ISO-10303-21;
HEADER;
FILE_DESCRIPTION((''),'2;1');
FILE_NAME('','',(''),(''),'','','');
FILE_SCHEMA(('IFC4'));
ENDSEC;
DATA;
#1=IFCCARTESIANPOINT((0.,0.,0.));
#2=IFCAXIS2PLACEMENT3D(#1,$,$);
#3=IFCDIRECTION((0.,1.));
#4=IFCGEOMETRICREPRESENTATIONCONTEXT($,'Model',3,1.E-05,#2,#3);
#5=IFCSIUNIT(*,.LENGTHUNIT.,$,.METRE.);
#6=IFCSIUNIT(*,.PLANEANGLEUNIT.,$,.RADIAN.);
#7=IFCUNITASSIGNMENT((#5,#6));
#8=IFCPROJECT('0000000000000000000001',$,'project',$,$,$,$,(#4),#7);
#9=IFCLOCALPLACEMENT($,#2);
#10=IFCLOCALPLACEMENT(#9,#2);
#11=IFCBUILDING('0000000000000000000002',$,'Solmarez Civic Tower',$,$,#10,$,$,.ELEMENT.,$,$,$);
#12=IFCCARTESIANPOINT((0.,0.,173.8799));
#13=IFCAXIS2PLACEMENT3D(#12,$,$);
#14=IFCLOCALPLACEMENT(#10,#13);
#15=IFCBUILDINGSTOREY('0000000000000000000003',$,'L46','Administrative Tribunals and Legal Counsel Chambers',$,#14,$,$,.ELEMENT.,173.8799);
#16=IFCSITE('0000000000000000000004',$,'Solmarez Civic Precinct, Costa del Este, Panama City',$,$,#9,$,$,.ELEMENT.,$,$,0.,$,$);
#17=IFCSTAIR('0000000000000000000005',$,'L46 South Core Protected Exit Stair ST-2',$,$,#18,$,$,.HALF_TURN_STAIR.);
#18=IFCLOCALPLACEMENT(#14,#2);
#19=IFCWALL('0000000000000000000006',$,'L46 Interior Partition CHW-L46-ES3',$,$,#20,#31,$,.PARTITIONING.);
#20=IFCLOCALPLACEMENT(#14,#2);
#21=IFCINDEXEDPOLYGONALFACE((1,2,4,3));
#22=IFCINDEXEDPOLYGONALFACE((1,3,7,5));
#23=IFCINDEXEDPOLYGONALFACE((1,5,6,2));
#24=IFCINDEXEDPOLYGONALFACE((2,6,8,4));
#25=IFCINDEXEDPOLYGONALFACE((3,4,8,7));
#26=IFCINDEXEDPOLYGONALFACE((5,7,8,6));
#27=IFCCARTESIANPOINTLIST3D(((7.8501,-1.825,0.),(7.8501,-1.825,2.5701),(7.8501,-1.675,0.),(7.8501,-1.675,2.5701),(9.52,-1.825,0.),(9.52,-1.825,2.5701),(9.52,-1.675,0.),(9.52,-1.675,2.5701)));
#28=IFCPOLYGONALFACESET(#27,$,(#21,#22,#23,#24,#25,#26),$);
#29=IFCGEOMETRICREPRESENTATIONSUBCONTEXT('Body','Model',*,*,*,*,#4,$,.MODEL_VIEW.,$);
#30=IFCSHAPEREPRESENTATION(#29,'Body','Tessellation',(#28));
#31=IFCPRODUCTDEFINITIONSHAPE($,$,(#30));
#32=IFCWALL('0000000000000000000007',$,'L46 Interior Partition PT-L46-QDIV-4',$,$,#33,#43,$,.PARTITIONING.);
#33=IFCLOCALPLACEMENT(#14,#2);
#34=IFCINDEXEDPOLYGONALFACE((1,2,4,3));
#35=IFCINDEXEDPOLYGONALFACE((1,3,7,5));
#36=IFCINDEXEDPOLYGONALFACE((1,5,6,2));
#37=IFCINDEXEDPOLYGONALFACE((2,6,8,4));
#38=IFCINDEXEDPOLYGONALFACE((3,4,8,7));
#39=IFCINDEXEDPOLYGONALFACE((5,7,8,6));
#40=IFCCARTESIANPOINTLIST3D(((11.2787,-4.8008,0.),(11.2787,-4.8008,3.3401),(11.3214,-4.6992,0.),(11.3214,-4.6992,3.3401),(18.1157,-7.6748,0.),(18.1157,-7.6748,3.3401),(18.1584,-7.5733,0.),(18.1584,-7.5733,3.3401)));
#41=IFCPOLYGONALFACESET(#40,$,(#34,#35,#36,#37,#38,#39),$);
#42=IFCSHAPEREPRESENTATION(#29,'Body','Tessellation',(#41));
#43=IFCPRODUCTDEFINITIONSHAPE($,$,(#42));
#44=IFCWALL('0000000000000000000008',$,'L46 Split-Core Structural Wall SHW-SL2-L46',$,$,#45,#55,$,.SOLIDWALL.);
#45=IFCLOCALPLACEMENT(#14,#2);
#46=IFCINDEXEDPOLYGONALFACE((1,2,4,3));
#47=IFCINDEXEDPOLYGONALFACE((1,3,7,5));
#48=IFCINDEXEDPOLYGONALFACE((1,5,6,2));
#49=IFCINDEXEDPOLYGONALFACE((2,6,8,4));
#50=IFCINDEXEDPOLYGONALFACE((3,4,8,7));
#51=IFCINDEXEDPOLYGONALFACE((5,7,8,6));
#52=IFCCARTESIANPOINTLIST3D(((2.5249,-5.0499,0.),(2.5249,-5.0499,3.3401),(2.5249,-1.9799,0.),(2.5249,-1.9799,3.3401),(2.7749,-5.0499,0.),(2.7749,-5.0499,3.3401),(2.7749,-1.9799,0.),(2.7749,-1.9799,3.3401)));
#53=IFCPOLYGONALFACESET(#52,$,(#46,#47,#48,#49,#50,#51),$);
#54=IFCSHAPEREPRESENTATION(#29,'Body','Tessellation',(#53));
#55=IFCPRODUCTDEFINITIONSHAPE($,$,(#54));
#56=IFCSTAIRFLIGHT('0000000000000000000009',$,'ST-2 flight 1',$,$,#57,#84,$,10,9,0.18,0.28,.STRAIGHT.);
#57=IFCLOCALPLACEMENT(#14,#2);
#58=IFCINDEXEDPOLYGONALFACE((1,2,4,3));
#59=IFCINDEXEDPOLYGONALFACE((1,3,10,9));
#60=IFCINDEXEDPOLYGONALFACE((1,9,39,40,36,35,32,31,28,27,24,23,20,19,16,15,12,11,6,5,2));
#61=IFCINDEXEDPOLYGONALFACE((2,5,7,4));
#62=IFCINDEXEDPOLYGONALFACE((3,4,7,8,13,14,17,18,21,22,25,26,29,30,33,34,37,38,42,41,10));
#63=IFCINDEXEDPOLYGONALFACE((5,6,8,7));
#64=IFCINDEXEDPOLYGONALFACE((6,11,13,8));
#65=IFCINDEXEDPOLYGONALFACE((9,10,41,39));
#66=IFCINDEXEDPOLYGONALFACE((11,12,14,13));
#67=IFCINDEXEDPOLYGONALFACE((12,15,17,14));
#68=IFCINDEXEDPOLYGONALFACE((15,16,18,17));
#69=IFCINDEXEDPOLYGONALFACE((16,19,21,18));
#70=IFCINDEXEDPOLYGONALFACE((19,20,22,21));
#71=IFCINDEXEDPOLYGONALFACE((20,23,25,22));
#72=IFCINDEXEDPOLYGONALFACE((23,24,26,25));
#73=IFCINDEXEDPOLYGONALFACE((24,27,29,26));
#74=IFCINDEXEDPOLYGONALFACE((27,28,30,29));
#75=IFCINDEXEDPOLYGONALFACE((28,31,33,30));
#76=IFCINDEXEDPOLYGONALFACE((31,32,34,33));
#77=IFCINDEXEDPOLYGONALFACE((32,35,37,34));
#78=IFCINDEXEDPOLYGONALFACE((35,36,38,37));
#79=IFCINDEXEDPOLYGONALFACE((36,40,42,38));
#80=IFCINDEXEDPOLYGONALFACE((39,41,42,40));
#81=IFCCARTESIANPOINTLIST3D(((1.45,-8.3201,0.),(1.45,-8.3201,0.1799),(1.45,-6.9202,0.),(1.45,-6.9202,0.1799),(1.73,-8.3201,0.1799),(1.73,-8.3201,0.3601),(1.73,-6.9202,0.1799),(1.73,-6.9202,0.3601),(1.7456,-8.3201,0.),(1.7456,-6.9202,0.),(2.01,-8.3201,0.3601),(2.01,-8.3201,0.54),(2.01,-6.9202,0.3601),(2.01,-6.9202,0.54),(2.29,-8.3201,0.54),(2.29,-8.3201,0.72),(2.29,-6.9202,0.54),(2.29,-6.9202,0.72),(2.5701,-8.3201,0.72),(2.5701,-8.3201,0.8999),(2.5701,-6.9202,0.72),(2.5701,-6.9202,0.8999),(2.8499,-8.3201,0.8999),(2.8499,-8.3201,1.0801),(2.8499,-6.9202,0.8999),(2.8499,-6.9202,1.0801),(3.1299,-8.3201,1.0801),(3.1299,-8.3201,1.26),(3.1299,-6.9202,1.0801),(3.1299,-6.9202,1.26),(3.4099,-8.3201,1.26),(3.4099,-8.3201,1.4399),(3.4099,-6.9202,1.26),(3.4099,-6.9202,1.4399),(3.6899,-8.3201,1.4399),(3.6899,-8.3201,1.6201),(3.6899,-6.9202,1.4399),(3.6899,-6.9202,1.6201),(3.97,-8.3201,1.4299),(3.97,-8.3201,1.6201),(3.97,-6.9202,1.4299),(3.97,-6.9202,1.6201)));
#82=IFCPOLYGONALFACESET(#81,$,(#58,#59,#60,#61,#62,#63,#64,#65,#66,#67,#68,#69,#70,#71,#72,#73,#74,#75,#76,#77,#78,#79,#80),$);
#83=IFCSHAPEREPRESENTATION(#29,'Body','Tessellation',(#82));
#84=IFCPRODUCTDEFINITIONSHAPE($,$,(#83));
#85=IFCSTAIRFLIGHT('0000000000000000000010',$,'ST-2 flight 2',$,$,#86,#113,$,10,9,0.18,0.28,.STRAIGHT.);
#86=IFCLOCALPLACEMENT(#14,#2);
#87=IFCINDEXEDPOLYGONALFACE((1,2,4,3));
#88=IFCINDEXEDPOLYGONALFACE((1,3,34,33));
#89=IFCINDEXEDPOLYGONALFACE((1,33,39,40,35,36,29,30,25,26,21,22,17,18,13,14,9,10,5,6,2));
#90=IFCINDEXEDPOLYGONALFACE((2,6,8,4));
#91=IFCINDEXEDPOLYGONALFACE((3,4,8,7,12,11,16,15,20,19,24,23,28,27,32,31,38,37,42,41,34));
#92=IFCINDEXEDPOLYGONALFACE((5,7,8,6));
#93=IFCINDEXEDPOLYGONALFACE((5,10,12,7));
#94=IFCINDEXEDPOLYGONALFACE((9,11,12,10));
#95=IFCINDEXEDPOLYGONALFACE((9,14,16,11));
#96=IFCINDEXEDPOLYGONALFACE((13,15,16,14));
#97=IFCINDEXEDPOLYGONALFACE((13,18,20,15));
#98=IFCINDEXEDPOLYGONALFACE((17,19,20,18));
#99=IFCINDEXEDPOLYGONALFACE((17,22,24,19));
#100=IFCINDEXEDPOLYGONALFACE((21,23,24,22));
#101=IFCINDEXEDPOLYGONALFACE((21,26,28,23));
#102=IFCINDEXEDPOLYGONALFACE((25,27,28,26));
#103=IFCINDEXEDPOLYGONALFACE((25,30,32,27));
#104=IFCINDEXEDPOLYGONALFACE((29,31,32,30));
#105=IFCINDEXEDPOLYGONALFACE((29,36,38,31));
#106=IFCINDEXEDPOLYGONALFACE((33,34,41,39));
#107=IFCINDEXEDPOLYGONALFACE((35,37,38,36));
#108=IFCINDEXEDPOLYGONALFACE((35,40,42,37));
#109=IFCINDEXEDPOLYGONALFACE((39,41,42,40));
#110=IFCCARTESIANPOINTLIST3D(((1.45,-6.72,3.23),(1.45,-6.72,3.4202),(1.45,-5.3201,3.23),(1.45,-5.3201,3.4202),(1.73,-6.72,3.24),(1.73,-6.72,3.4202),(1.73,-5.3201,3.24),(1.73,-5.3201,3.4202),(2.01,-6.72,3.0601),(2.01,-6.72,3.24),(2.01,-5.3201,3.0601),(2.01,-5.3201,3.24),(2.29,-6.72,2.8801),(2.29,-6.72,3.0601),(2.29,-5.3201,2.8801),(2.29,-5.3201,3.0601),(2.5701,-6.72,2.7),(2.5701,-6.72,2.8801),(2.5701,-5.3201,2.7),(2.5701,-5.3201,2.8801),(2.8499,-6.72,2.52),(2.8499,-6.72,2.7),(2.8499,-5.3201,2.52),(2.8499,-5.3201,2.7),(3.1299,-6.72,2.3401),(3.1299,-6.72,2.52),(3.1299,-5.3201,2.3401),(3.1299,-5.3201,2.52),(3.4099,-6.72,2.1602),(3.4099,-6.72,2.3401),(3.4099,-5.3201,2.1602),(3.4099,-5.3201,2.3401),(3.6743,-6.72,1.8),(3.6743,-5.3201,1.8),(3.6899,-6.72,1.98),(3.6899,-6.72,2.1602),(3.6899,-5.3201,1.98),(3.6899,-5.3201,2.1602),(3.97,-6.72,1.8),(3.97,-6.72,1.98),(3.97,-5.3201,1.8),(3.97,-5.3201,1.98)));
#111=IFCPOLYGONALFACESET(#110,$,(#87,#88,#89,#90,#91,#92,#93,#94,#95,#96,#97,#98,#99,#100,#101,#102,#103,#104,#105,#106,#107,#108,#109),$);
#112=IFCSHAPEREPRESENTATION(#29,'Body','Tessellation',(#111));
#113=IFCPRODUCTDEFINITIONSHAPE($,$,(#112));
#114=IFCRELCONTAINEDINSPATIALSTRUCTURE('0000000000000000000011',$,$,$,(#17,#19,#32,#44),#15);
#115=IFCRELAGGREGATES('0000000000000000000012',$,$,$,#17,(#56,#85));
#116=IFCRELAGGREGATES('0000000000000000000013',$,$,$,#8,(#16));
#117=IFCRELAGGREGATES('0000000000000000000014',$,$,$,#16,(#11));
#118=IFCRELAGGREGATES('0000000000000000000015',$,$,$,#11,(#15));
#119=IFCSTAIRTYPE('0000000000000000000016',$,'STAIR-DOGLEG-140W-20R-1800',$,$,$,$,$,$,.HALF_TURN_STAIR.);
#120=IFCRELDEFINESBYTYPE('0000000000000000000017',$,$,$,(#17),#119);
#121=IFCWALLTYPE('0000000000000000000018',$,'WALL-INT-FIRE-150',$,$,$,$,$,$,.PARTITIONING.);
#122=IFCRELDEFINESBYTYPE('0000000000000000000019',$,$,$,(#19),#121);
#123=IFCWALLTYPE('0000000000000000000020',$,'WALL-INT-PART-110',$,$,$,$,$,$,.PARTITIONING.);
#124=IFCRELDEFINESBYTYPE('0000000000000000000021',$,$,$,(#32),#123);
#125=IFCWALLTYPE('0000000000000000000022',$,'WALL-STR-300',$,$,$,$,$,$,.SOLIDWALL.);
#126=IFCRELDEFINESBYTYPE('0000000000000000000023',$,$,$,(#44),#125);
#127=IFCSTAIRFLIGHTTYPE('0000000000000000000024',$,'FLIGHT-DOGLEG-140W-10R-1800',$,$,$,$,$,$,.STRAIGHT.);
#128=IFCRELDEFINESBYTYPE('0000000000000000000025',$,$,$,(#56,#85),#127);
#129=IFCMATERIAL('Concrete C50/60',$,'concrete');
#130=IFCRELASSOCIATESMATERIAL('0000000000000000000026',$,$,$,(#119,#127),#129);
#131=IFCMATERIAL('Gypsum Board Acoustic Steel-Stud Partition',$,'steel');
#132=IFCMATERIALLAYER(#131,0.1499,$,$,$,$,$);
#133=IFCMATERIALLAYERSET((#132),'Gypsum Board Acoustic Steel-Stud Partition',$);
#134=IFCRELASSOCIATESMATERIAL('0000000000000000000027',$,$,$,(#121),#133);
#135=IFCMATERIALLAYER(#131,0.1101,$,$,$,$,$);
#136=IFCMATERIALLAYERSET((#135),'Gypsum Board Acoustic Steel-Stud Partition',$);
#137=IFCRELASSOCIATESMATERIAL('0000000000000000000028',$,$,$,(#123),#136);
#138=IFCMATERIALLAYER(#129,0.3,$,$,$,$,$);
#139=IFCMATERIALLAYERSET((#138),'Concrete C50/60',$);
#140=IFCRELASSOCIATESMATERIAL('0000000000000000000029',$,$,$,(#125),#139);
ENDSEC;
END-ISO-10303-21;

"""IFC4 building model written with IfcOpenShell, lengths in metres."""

from ifc_helpers import new_model, si_unit, direction, frame, frame_2d, origin, place, context, subcontext, project, spatial, polyline, rectangle, outline, extrude, material, layer, layer_set, type_object, element, aggregate, save


model = new_model("IFC4")

# Units and contexts
model_context = context("Model", 3, precision=1e-05, world=origin(), true_north=direction((0.0, 1.0)))
body_context = subcontext(model_context, "Body", "Model", "MODEL_VIEW")
ifc_project = project(units=[si_unit("LENGTHUNIT", "METRE"), si_unit("PLANEANGLEUNIT", "RADIAN")], contexts=[model_context])

# Site, building, storey
site_placement = place(None, origin())
site = spatial("IfcSite", under=ifc_project, at=site_placement, Name="Solmarez Civic Precinct, Costa del Este, Panama City", CompositionType="ELEMENT", RefElevation=0.0)
building_placement = place(site_placement, origin())
building = spatial("IfcBuilding", under=site, at=building_placement, Name="Solmarez Civic Tower", CompositionType="ELEMENT")
storey_placement = place(building_placement, frame((0.0, 0.0, 173.8799)))
storey = spatial("IfcBuildingStorey", under=building, at=storey_placement, Name="L46", Description="Administrative Tribunals and Legal Counsel Chambers", CompositionType="ELEMENT", Elevation=173.8799)

# Shared definitions
ifc_material_1 = material(Name="Concrete C50/60", Category="concrete")

# Stair
stair_type = type_object("IfcStairType", Name="STAIR-DOGLEG-140W-20R-1800", PredefinedType="HALF_TURN_STAIR", material=ifc_material_1)
stair_1_placement = place(storey_placement, origin())
stair_1 = element("IfcStair", 1, at=stair_1_placement, inside=storey, type_object=stair_type, Name="L46 South Core Protected Exit Stair ST-2", PredefinedType="HALF_TURN_STAIR")

# Walls
ifc_material_2 = material(Name="Gypsum Board Acoustic Steel-Stud Partition", Category="steel")
ifc_layer_1 = layer(ifc_material_2, 0.1499)
ifc_layer_set_1 = layer_set([ifc_layer_1], Name="Gypsum Board Acoustic Steel-Stud Partition")
wall_type_1 = type_object("IfcWallType", Name="WALL-INT-FIRE-150", PredefinedType="PARTITIONING", material=ifc_layer_set_1)
wall_1_placement = place(storey_placement, frame((7.8501, -1.75, 0.0), z_axis=(0.0, 0.0, 1.0), x_axis=(1.0, 0.0, 0.0)))
element("IfcWall", 2, at=wall_1_placement, inside=storey, type_object=wall_type_1, Name="L46 Interior Partition CHW-L46-ES3", PredefinedType="PARTITIONING", context=body_context, shape_type="SweptSolid", body=[
    extrude(rectangle(XDim=1.6699, YDim=0.1499, at=frame_2d((0.835, 0.0))), origin(), (0.0, 0.0, 1.0), 2.5701),
])
ifc_layer_2 = layer(ifc_material_2, 0.1101)
ifc_layer_set_2 = layer_set([ifc_layer_2], Name="Gypsum Board Acoustic Steel-Stud Partition")
wall_type_2 = type_object("IfcWallType", Name="WALL-INT-PART-110", PredefinedType="PARTITIONING", material=ifc_layer_set_2)
wall_2_placement = place(storey_placement, frame((11.3, -4.75, 0.0), z_axis=(0.0, 0.0, 1.0), x_axis=(0.921861, -0.387521, 0.0)))
element("IfcWall", 3, at=wall_2_placement, inside=storey, type_object=wall_type_2, Name="L46 Interior Partition PT-L46-QDIV-4", PredefinedType="PARTITIONING", context=body_context, shape_type="SweptSolid", body=[
    extrude(rectangle(XDim=7.4165, YDim=0.1101, at=frame_2d((3.7083, 0.0))), origin(), (0.0, 0.0, 1.0), 3.3401),
])
ifc_layer_3 = layer(ifc_material_1, 0.3)
ifc_layer_set_3 = layer_set([ifc_layer_3], Name="Concrete C50/60")
wall_type_3 = type_object("IfcWallType", Name="WALL-STR-300", PredefinedType="SOLIDWALL", material=ifc_layer_set_3)
wall_3_placement = place(storey_placement, frame((2.6499, -5.05, 0.0), z_axis=(0.0, 0.0, 1.0), x_axis=(0.0, 1.0, 0.0)))
element("IfcWall", 4, at=wall_3_placement, inside=storey, type_object=wall_type_3, Name="L46 Split-Core Structural Wall SHW-SL2-L46", PredefinedType="SOLIDWALL", context=body_context, shape_type="SweptSolid", body=[
    extrude(rectangle(XDim=3.0701, YDim=0.25, at=frame_2d((1.5352, 0.0))), origin(), (0.0, 0.0, 1.0), 3.3401),
])

# Stair flights
stair_flight_type = type_object("IfcStairFlightType", Name="FLIGHT-DOGLEG-140W-10R-1800", PredefinedType="STRAIGHT", material=ifc_material_1)
stair_flight_1_placement = place(storey_placement, frame((1.45, -7.6201, 0.0), z_axis=(0.0, 0.0, 1.0), x_axis=(1.0, 0.0, 0.0)))
stair_flight_1 = element("IfcStairFlight", 5, at=stair_flight_1_placement, type_object=stair_flight_type, Name="ST-2 flight 1", NumberOfRisers=10, NumberOfTreads=9, PredefinedType="STRAIGHT", RiserHeight=0.18, TreadLength=0.28, context=body_context, shape_type="SweptSolid", body=[
    extrude(outline(polyline([(0.0, 0.0), (0.0, 0.1799), (0.28, 0.1799), (0.28, 0.3601), (0.5601, 0.3601), (0.5601, 0.54), (0.8401, 0.54), (0.8401, 0.72), (1.1201, 0.72), (1.1201, 0.8999), (1.3999, 0.8999), (1.3999, 1.0801), (1.6799, 1.0801), (1.6799, 1.26), (1.96, 1.26), (1.96, 1.4399), (2.24, 1.4399), (2.24, 1.6201), (2.52, 1.6201), (2.52, 1.8), (2.52, 1.4299), (0.2957, 0.0), (0.0, 0.0)])), frame((0.0, 0.7, 0.0), z_axis=(0.0, -1.0, 0.0), x_axis=(1.0, 0.0, 0.0)), (0.0, 0.0, 1.0), 1.3999),
])
stair_flight_2_placement = place(storey_placement, frame((3.97, -6.02, 1.8), z_axis=(0.0, 0.0, 1.0), x_axis=(-1.0, 0.0, 0.0)))
stair_flight_2 = element("IfcStairFlight", 6, at=stair_flight_2_placement, type_object=stair_flight_type, Name="ST-2 flight 2", NumberOfRisers=10, NumberOfTreads=9, PredefinedType="STRAIGHT", RiserHeight=0.18, TreadLength=0.28, context=body_context, shape_type="SweptSolid", body=[
    extrude(outline(polyline([(0.0, 0.0), (0.0, 0.1799), (0.28, 0.1799), (0.28, 0.3601), (0.5601, 0.3601), (0.5601, 0.54), (0.8401, 0.54), (0.8401, 0.72), (1.1201, 0.72), (1.1201, 0.8999), (1.3999, 0.8999), (1.3999, 1.0801), (1.6799, 1.0801), (1.6799, 1.26), (1.96, 1.26), (1.96, 1.4399), (2.24, 1.4399), (2.24, 1.6201), (2.52, 1.6201), (2.52, 1.8), (2.52, 1.4299), (0.2957, 0.0), (0.0, 0.0)])), frame((0.0, 0.7, 0.0), z_axis=(0.0, -1.0, 0.0), x_axis=(1.0, 0.0, 0.0)), (0.0, 0.0, 1.0), 1.3999),
])
aggregate(stair_1, [stair_flight_1, stair_flight_2])

save(model, "model.ifc")
